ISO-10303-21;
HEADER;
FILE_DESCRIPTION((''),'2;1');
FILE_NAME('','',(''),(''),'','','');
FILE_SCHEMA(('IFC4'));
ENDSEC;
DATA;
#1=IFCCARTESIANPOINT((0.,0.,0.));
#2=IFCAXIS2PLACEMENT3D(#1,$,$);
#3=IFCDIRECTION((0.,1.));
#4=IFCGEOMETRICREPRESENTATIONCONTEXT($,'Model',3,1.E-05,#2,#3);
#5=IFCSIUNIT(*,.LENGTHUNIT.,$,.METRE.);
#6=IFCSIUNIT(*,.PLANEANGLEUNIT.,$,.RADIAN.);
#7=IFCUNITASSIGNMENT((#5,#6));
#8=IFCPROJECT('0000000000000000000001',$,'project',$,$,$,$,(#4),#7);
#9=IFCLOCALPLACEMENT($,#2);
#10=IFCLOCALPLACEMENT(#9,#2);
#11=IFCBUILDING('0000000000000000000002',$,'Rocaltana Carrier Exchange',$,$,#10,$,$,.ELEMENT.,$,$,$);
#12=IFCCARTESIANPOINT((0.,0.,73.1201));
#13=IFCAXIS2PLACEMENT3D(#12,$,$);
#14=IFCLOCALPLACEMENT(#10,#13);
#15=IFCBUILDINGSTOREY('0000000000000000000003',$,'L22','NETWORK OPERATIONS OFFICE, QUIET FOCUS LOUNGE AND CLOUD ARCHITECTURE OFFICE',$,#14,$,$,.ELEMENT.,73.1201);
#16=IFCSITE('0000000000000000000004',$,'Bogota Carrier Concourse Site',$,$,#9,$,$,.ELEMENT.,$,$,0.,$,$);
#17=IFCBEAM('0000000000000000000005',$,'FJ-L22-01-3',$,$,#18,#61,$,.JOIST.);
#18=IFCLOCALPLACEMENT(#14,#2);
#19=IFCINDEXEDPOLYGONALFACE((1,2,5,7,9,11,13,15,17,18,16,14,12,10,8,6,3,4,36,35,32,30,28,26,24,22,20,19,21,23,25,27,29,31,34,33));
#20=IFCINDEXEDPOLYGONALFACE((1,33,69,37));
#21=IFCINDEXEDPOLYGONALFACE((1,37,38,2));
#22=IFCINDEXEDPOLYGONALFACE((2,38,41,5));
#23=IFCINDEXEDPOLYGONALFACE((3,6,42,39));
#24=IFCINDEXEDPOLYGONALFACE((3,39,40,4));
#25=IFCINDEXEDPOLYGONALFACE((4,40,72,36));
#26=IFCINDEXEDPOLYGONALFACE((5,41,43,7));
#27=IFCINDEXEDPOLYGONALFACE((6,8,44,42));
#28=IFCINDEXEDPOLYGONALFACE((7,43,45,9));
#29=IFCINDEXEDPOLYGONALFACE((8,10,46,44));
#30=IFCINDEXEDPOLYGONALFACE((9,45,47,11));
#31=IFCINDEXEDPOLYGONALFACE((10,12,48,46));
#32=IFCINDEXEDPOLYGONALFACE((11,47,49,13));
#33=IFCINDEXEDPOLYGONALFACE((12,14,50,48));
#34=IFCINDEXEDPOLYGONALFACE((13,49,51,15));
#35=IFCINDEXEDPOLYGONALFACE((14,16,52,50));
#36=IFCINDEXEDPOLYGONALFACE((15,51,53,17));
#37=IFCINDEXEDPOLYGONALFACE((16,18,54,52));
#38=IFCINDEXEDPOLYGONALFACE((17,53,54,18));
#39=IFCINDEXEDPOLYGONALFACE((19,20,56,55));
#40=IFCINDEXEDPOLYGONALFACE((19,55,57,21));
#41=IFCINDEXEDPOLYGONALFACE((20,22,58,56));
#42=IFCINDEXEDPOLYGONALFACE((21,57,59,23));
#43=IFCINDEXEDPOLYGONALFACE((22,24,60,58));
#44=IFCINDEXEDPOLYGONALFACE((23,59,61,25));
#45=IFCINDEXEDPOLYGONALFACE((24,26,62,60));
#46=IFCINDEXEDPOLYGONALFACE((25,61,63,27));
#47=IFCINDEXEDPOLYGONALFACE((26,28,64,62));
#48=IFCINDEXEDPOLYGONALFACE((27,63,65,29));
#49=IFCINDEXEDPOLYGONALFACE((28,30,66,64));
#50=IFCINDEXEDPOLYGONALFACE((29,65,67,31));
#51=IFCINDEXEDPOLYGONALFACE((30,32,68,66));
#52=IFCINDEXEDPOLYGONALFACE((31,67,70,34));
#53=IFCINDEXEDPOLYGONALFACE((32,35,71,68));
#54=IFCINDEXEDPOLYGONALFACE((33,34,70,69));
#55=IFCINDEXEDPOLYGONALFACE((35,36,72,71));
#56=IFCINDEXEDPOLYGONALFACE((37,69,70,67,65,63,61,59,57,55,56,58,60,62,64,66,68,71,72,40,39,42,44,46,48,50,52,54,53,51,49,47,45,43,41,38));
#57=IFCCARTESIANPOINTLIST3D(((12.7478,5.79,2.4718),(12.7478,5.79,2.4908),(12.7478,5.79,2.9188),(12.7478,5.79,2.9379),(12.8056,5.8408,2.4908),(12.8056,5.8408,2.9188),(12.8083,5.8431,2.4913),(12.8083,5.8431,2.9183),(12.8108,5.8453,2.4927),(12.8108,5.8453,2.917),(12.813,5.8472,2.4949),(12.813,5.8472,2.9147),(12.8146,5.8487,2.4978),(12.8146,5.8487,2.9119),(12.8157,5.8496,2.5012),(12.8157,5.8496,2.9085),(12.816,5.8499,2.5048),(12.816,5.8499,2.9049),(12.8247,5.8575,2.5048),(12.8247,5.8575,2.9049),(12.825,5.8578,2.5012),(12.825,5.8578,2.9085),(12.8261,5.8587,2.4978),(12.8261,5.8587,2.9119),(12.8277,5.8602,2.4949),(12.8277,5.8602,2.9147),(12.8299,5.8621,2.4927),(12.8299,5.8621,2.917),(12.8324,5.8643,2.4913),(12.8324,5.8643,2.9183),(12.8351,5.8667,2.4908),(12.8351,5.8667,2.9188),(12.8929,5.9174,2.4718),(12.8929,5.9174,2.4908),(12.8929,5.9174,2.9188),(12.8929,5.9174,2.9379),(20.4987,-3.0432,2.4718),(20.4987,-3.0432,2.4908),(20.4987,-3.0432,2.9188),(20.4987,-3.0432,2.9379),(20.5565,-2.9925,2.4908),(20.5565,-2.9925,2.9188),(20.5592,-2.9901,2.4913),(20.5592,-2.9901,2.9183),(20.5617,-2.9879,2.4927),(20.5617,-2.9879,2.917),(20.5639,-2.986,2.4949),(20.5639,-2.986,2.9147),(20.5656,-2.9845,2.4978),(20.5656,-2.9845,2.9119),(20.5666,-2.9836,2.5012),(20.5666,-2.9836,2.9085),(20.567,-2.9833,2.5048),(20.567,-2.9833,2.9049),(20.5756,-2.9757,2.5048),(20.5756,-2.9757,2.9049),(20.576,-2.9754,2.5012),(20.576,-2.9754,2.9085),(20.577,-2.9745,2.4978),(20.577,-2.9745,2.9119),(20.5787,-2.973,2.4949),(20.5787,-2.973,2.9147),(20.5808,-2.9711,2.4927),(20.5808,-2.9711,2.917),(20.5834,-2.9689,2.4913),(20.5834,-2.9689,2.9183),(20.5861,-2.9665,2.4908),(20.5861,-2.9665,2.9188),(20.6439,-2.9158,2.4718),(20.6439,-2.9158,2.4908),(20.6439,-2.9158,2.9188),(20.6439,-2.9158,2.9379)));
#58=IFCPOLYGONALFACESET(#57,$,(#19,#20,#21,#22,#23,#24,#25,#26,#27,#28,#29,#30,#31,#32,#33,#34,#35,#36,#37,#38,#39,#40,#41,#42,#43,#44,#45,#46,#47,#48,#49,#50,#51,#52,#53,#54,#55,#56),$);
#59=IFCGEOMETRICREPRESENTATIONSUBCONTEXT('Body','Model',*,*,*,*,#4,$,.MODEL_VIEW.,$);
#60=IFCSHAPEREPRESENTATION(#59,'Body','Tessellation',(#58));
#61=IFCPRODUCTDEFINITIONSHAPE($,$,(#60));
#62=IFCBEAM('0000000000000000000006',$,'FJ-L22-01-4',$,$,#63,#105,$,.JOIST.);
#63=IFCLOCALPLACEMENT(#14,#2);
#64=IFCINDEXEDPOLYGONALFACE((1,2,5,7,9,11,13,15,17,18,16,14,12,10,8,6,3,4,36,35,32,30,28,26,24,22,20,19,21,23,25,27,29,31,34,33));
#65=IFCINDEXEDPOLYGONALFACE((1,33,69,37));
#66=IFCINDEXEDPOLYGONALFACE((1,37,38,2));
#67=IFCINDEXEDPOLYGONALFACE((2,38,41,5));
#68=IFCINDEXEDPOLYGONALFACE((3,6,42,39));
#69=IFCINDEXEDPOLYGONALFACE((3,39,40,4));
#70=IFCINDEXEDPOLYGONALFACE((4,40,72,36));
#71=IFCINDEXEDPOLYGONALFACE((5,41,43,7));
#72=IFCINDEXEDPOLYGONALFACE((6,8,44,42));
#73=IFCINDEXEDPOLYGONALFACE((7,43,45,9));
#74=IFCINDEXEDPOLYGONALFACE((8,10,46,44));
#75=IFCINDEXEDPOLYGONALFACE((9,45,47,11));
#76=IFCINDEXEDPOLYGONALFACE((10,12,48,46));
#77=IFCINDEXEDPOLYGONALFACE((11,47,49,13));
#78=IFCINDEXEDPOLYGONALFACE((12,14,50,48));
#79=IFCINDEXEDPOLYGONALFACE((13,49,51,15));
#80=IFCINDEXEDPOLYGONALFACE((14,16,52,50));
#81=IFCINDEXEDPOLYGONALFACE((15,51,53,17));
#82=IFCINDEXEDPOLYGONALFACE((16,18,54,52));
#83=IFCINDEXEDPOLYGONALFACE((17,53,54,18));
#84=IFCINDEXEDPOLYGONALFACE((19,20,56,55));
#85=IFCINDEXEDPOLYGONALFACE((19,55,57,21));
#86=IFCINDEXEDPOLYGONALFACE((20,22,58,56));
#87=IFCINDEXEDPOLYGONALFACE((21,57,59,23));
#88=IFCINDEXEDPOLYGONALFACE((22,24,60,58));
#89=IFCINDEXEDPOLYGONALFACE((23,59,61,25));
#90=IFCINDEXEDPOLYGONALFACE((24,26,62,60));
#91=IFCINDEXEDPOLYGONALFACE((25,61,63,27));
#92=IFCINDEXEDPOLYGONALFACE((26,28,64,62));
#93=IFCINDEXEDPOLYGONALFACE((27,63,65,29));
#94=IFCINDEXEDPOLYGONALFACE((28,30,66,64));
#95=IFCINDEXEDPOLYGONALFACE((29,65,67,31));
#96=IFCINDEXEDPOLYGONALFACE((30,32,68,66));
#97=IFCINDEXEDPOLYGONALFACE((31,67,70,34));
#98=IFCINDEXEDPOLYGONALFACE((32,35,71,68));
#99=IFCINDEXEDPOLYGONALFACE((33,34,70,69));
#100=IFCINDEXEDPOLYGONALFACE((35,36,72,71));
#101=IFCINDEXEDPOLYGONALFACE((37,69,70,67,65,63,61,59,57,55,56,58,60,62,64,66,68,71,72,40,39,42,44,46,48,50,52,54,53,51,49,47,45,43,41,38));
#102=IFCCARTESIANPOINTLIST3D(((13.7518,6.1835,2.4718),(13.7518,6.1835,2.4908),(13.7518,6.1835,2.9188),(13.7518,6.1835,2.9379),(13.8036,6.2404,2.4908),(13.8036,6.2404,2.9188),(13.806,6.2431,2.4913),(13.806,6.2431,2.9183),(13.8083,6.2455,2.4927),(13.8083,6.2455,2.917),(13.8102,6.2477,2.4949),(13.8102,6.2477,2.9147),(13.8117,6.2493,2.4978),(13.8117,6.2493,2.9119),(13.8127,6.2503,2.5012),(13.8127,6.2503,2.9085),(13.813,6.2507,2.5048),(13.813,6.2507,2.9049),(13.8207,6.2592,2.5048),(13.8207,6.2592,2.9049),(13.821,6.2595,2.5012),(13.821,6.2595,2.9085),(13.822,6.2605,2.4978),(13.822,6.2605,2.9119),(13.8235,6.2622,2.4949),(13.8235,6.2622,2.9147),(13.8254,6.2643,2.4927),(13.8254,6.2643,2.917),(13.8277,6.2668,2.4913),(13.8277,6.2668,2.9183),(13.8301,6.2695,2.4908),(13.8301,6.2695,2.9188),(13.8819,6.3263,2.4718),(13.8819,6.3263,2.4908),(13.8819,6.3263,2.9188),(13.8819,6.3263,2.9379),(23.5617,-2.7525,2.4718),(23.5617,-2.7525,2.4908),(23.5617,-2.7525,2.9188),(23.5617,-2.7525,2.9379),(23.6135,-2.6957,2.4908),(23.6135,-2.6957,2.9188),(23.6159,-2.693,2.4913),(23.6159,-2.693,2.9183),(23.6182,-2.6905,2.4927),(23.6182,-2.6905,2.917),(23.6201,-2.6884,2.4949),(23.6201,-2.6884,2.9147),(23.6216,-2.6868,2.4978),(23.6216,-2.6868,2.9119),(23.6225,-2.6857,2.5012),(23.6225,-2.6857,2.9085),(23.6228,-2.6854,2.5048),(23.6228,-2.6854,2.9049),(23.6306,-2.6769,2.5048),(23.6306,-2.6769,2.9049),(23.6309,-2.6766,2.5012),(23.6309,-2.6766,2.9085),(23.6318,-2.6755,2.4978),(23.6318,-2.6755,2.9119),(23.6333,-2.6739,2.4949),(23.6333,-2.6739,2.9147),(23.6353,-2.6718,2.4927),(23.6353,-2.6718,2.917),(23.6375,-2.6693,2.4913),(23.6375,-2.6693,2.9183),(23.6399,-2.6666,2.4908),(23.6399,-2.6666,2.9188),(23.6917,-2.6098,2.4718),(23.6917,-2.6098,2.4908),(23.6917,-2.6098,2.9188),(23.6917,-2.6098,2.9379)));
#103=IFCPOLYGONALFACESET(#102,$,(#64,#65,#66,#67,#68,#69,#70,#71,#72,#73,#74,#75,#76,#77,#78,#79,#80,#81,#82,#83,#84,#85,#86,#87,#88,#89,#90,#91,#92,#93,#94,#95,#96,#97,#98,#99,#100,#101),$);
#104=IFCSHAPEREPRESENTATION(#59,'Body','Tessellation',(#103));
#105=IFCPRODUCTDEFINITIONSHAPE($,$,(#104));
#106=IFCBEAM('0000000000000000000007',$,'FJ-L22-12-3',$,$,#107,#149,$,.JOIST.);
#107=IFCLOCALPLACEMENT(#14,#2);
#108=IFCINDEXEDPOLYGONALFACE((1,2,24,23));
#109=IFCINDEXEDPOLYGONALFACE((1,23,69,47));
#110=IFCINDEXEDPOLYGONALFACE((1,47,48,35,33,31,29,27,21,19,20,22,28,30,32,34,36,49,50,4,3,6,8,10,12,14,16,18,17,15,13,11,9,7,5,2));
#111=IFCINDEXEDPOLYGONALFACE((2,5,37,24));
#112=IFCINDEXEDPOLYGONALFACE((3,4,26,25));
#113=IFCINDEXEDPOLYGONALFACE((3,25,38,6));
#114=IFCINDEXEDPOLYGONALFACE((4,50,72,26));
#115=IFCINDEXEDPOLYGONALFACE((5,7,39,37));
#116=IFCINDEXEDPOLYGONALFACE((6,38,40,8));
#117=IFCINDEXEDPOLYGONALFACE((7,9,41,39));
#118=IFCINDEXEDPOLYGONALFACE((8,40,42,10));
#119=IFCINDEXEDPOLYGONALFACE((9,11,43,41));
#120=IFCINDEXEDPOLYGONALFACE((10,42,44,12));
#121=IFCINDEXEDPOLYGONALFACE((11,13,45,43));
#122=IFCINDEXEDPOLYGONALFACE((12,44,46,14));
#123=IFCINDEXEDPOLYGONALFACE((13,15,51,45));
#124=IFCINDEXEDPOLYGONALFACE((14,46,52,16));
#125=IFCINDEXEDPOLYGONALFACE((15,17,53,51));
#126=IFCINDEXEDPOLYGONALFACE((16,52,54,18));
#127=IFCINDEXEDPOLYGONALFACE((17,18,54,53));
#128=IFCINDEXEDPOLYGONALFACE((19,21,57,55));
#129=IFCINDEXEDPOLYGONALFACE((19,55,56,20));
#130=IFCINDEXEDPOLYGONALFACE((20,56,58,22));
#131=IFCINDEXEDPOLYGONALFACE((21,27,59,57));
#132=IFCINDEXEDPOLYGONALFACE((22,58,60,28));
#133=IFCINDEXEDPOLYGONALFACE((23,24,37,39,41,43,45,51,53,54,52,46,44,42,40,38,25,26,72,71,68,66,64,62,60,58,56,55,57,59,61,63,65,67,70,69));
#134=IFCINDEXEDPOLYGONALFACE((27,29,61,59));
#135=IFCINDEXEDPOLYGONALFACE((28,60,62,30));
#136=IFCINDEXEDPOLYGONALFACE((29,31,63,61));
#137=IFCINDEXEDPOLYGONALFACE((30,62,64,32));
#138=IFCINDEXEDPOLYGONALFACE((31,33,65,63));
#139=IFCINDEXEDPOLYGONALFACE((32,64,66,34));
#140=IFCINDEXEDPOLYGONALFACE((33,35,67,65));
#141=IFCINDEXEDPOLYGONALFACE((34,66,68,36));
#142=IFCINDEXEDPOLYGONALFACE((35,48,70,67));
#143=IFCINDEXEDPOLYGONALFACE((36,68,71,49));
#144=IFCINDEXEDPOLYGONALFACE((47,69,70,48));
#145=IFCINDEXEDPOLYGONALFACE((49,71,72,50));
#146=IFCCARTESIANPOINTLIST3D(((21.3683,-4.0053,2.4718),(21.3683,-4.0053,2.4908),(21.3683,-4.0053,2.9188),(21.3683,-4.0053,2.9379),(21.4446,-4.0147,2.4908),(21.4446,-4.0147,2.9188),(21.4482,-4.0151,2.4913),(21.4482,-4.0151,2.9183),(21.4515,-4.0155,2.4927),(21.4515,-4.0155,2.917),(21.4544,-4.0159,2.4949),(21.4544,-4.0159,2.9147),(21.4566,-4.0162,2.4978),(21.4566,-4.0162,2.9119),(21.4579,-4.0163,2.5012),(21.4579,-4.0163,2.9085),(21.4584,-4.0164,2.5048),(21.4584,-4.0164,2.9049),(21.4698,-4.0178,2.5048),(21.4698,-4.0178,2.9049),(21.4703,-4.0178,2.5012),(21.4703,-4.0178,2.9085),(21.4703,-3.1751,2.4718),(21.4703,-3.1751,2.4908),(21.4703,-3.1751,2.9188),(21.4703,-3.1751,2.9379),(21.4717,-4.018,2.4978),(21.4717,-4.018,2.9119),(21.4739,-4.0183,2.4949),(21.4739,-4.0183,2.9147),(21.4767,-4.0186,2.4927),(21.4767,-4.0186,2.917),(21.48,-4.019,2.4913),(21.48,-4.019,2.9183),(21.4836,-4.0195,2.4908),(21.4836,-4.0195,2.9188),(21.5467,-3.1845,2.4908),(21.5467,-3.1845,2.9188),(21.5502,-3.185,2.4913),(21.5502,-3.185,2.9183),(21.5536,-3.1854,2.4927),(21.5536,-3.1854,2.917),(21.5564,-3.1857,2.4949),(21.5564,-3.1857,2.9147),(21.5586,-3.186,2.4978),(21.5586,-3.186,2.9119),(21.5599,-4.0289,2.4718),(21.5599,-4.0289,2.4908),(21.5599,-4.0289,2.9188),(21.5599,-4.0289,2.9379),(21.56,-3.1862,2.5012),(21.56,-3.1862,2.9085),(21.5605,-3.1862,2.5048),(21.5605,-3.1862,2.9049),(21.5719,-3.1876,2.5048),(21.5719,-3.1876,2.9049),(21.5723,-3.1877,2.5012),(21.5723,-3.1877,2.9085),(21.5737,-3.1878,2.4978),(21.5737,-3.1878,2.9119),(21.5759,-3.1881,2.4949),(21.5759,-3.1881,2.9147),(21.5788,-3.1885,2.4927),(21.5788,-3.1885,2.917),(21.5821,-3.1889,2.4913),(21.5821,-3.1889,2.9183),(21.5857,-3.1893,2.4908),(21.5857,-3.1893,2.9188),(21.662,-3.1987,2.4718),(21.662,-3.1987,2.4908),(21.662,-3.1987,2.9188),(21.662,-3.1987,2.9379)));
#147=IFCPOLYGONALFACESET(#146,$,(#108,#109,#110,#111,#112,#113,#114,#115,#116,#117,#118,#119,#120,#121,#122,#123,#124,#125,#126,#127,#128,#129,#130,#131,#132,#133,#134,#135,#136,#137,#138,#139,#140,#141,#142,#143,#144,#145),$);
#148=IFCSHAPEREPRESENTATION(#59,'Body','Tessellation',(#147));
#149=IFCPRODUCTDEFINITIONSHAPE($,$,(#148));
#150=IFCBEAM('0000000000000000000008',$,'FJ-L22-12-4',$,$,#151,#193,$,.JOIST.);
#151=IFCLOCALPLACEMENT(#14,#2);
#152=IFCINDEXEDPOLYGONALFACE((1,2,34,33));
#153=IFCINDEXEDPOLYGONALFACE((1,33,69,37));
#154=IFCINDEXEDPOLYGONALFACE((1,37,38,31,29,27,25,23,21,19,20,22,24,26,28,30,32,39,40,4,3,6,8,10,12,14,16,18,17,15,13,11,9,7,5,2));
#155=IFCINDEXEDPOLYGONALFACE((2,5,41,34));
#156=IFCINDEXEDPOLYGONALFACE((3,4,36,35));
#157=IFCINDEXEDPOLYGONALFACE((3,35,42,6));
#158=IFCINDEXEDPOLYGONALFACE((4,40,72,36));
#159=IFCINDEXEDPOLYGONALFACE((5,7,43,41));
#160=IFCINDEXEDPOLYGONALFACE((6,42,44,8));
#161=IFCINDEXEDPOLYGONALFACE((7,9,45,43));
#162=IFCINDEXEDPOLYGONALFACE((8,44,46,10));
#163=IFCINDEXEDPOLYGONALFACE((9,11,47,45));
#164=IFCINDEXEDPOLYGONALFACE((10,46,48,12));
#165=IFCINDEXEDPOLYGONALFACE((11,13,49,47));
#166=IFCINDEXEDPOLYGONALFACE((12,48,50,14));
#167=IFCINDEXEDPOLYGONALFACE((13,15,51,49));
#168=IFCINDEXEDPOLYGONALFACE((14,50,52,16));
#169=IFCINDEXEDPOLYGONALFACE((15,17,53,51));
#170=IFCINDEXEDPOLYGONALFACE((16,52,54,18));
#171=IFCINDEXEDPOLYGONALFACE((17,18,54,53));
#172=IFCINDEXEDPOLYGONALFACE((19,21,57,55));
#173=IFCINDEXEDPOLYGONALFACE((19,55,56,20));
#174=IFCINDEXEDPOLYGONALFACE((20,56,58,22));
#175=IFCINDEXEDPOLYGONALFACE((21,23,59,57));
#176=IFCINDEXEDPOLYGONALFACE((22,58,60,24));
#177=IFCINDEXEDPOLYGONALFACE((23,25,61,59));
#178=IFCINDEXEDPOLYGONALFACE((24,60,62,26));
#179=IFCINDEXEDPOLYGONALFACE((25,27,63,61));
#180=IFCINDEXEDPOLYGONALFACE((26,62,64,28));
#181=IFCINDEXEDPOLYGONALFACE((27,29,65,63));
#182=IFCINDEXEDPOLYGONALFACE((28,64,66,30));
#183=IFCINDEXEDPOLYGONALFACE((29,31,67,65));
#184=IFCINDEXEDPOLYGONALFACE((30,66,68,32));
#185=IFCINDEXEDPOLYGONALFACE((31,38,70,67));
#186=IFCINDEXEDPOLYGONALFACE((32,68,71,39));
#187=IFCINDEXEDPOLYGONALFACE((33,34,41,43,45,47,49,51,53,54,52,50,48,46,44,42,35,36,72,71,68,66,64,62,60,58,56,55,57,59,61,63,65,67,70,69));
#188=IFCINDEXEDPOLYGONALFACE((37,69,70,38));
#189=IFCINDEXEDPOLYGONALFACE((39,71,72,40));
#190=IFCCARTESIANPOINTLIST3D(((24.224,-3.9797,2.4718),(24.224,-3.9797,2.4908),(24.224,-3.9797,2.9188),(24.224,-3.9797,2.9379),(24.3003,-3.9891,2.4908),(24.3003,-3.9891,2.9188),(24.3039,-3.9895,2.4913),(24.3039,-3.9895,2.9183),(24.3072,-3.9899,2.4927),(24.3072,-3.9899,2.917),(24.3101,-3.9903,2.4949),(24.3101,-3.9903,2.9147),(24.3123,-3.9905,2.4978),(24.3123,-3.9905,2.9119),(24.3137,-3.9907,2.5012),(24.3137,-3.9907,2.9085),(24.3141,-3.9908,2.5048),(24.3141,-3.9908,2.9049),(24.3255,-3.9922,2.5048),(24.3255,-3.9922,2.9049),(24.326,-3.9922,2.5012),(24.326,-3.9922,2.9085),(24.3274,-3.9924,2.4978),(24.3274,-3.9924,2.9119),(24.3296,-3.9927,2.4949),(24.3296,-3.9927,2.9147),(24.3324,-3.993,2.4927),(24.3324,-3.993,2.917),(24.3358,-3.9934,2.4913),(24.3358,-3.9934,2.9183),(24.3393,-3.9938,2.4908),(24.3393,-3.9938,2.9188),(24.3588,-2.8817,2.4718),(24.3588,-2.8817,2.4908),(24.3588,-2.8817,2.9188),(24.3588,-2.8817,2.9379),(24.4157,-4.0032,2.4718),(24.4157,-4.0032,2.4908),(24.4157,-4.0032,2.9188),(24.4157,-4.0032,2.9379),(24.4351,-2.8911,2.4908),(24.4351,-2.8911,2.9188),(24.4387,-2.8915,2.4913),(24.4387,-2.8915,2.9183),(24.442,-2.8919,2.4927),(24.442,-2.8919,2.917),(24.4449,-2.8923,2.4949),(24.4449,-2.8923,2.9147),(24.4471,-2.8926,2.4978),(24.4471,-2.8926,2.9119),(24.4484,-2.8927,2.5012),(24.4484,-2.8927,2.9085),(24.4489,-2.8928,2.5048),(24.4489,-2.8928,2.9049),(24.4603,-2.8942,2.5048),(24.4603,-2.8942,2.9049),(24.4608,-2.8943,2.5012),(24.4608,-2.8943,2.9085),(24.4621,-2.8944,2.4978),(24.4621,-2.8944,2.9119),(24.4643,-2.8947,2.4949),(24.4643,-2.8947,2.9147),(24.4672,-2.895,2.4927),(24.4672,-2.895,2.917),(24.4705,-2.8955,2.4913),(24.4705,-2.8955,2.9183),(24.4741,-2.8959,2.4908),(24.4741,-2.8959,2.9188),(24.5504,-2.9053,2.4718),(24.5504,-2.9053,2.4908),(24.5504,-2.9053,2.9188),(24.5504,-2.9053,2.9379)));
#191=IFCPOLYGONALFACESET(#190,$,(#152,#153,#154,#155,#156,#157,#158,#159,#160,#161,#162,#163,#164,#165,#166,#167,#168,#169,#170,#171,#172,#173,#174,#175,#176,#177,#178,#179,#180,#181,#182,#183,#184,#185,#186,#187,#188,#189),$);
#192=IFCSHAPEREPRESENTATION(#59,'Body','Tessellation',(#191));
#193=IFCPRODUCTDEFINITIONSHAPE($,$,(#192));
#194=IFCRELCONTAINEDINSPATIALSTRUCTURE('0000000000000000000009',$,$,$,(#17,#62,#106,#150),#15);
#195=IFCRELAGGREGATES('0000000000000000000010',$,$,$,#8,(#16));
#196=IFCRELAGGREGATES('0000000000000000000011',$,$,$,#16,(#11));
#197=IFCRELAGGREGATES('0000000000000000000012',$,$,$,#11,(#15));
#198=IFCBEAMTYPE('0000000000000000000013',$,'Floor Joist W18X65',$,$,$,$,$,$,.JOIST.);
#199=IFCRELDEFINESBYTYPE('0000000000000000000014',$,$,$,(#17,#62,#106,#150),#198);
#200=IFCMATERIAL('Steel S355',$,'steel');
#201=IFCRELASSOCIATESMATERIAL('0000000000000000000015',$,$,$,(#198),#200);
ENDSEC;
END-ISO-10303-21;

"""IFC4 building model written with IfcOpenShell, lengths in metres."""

from ifc_helpers import new_model, si_unit, direction, frame, origin, origin_2d, place, context, subcontext, project, spatial, i_section, extrude, material, material_profile, profile_set, type_object, element, save


model = new_model("IFC4")

# Units and contexts
model_context = context("Model", 3, precision=1e-05, world=origin(), true_north=direction((0.0, 1.0)))
body_context = subcontext(model_context, "Body", "Model", "MODEL_VIEW")
ifc_project = project(units=[si_unit("LENGTHUNIT", "METRE"), si_unit("PLANEANGLEUNIT", "RADIAN")], contexts=[model_context])

# Site, building, storey
site_placement = place(None, origin())
site = spatial("IfcSite", under=ifc_project, at=site_placement, Name="Bogota Carrier Concourse Site", CompositionType="ELEMENT", RefElevation=0.0)
building_placement = place(site_placement, origin())
building = spatial("IfcBuilding", under=site, at=building_placement, Name="Rocaltana Carrier Exchange", CompositionType="ELEMENT")
storey_placement = place(building_placement, frame((0.0, 0.0, 73.1201)))
storey = spatial("IfcBuildingStorey", under=building, at=storey_placement, Name="L22", Description="NETWORK OPERATIONS OFFICE, QUIET FOCUS LOUNGE AND CLOUD ARCHITECTURE OFFICE", CompositionType="ELEMENT", Elevation=73.1201)

# Beams
ifc_material_1 = material(Name="Steel S355", Category="steel")
ifc_material_profile_1 = material_profile(ifc_material_1, i_section(OverallWidth=0.1931, OverallDepth=0.4661, WebThickness=0.0115, FlangeThickness=0.019, FilletRadius=0.0139, at=origin_2d()), Name="W18X65")
ifc_profile_set_1 = profile_set([ifc_material_profile_1], Name="Steel S355")
beam_type_1 = type_object("IfcBeamType", Name="Floor Joist W18X65", PredefinedType="JOIST", material=ifc_profile_set_1)
beam_1_placement = place(storey_placement, frame((20.5713, -2.9795, 2.7048), z_axis=(-0.659559, 0.751653, 0.0), x_axis=(-0.751653, -0.659559, 0.0)))
element("IfcBeam", 1, at=beam_1_placement, inside=storey, type_object=beam_type_1, Name="FJ-L22-01-3", PredefinedType="JOIST", context=body_context, shape_type="SweptSolid", body=[
    extrude(i_section(OverallWidth=0.1931, OverallDepth=0.4661, WebThickness=0.0115, FlangeThickness=0.019, FilletRadius=0.0139, at=origin_2d()), origin(), (0.0, 0.0, 1.0), 11.7517),
])
beam_2_placement = place(storey_placement, frame((23.6267, -2.6812, 2.7048), z_axis=(-0.739264, 0.673416, 0.0), x_axis=(-0.673416, -0.739264, 0.0)))
element("IfcBeam", 2, at=beam_2_placement, inside=storey, type_object=beam_type_1, Name="FJ-L22-01-4", PredefinedType="JOIST", context=body_context, shape_type="SweptSolid", body=[
    extrude(i_section(OverallWidth=0.1931, OverallDepth=0.4661, WebThickness=0.0115, FlangeThickness=0.019, FilletRadius=0.0139, at=origin_2d()), origin(), (0.0, 0.0, 1.0), 13.2698),
])
beam_3_placement = place(storey_placement, frame((21.4641, -4.0171, 2.7048), z_axis=(0.122022, 0.992527, 0.0), x_axis=(-0.992527, 0.122022, 0.0)))
element("IfcBeam", 3, at=beam_3_placement, inside=storey, type_object=beam_type_1, Name="FJ-L22-12-3", PredefinedType="JOIST", context=body_context, shape_type="SweptSolid", body=[
    extrude(i_section(OverallWidth=0.1931, OverallDepth=0.4661, WebThickness=0.0115, FlangeThickness=0.019, FilletRadius=0.0139, at=origin_2d()), origin(), (0.0, 0.0, 1.0), 0.8364),
])
beam_4_placement = place(storey_placement, frame((24.3198, -3.9915, 2.7048), z_axis=(0.121834, 0.99255, 0.0), x_axis=(-0.99255, 0.121834, 0.0)))
element("IfcBeam", 4, at=beam_4_placement, inside=storey, type_object=beam_type_1, Name="FJ-L22-12-4", PredefinedType="JOIST", context=body_context, shape_type="SweptSolid", body=[
    extrude(i_section(OverallWidth=0.1931, OverallDepth=0.4661, WebThickness=0.0115, FlangeThickness=0.019, FilletRadius=0.0139, at=origin_2d()), origin(), (0.0, 0.0, 1.0), 1.1062),
])

save(model, "model.ifc")
